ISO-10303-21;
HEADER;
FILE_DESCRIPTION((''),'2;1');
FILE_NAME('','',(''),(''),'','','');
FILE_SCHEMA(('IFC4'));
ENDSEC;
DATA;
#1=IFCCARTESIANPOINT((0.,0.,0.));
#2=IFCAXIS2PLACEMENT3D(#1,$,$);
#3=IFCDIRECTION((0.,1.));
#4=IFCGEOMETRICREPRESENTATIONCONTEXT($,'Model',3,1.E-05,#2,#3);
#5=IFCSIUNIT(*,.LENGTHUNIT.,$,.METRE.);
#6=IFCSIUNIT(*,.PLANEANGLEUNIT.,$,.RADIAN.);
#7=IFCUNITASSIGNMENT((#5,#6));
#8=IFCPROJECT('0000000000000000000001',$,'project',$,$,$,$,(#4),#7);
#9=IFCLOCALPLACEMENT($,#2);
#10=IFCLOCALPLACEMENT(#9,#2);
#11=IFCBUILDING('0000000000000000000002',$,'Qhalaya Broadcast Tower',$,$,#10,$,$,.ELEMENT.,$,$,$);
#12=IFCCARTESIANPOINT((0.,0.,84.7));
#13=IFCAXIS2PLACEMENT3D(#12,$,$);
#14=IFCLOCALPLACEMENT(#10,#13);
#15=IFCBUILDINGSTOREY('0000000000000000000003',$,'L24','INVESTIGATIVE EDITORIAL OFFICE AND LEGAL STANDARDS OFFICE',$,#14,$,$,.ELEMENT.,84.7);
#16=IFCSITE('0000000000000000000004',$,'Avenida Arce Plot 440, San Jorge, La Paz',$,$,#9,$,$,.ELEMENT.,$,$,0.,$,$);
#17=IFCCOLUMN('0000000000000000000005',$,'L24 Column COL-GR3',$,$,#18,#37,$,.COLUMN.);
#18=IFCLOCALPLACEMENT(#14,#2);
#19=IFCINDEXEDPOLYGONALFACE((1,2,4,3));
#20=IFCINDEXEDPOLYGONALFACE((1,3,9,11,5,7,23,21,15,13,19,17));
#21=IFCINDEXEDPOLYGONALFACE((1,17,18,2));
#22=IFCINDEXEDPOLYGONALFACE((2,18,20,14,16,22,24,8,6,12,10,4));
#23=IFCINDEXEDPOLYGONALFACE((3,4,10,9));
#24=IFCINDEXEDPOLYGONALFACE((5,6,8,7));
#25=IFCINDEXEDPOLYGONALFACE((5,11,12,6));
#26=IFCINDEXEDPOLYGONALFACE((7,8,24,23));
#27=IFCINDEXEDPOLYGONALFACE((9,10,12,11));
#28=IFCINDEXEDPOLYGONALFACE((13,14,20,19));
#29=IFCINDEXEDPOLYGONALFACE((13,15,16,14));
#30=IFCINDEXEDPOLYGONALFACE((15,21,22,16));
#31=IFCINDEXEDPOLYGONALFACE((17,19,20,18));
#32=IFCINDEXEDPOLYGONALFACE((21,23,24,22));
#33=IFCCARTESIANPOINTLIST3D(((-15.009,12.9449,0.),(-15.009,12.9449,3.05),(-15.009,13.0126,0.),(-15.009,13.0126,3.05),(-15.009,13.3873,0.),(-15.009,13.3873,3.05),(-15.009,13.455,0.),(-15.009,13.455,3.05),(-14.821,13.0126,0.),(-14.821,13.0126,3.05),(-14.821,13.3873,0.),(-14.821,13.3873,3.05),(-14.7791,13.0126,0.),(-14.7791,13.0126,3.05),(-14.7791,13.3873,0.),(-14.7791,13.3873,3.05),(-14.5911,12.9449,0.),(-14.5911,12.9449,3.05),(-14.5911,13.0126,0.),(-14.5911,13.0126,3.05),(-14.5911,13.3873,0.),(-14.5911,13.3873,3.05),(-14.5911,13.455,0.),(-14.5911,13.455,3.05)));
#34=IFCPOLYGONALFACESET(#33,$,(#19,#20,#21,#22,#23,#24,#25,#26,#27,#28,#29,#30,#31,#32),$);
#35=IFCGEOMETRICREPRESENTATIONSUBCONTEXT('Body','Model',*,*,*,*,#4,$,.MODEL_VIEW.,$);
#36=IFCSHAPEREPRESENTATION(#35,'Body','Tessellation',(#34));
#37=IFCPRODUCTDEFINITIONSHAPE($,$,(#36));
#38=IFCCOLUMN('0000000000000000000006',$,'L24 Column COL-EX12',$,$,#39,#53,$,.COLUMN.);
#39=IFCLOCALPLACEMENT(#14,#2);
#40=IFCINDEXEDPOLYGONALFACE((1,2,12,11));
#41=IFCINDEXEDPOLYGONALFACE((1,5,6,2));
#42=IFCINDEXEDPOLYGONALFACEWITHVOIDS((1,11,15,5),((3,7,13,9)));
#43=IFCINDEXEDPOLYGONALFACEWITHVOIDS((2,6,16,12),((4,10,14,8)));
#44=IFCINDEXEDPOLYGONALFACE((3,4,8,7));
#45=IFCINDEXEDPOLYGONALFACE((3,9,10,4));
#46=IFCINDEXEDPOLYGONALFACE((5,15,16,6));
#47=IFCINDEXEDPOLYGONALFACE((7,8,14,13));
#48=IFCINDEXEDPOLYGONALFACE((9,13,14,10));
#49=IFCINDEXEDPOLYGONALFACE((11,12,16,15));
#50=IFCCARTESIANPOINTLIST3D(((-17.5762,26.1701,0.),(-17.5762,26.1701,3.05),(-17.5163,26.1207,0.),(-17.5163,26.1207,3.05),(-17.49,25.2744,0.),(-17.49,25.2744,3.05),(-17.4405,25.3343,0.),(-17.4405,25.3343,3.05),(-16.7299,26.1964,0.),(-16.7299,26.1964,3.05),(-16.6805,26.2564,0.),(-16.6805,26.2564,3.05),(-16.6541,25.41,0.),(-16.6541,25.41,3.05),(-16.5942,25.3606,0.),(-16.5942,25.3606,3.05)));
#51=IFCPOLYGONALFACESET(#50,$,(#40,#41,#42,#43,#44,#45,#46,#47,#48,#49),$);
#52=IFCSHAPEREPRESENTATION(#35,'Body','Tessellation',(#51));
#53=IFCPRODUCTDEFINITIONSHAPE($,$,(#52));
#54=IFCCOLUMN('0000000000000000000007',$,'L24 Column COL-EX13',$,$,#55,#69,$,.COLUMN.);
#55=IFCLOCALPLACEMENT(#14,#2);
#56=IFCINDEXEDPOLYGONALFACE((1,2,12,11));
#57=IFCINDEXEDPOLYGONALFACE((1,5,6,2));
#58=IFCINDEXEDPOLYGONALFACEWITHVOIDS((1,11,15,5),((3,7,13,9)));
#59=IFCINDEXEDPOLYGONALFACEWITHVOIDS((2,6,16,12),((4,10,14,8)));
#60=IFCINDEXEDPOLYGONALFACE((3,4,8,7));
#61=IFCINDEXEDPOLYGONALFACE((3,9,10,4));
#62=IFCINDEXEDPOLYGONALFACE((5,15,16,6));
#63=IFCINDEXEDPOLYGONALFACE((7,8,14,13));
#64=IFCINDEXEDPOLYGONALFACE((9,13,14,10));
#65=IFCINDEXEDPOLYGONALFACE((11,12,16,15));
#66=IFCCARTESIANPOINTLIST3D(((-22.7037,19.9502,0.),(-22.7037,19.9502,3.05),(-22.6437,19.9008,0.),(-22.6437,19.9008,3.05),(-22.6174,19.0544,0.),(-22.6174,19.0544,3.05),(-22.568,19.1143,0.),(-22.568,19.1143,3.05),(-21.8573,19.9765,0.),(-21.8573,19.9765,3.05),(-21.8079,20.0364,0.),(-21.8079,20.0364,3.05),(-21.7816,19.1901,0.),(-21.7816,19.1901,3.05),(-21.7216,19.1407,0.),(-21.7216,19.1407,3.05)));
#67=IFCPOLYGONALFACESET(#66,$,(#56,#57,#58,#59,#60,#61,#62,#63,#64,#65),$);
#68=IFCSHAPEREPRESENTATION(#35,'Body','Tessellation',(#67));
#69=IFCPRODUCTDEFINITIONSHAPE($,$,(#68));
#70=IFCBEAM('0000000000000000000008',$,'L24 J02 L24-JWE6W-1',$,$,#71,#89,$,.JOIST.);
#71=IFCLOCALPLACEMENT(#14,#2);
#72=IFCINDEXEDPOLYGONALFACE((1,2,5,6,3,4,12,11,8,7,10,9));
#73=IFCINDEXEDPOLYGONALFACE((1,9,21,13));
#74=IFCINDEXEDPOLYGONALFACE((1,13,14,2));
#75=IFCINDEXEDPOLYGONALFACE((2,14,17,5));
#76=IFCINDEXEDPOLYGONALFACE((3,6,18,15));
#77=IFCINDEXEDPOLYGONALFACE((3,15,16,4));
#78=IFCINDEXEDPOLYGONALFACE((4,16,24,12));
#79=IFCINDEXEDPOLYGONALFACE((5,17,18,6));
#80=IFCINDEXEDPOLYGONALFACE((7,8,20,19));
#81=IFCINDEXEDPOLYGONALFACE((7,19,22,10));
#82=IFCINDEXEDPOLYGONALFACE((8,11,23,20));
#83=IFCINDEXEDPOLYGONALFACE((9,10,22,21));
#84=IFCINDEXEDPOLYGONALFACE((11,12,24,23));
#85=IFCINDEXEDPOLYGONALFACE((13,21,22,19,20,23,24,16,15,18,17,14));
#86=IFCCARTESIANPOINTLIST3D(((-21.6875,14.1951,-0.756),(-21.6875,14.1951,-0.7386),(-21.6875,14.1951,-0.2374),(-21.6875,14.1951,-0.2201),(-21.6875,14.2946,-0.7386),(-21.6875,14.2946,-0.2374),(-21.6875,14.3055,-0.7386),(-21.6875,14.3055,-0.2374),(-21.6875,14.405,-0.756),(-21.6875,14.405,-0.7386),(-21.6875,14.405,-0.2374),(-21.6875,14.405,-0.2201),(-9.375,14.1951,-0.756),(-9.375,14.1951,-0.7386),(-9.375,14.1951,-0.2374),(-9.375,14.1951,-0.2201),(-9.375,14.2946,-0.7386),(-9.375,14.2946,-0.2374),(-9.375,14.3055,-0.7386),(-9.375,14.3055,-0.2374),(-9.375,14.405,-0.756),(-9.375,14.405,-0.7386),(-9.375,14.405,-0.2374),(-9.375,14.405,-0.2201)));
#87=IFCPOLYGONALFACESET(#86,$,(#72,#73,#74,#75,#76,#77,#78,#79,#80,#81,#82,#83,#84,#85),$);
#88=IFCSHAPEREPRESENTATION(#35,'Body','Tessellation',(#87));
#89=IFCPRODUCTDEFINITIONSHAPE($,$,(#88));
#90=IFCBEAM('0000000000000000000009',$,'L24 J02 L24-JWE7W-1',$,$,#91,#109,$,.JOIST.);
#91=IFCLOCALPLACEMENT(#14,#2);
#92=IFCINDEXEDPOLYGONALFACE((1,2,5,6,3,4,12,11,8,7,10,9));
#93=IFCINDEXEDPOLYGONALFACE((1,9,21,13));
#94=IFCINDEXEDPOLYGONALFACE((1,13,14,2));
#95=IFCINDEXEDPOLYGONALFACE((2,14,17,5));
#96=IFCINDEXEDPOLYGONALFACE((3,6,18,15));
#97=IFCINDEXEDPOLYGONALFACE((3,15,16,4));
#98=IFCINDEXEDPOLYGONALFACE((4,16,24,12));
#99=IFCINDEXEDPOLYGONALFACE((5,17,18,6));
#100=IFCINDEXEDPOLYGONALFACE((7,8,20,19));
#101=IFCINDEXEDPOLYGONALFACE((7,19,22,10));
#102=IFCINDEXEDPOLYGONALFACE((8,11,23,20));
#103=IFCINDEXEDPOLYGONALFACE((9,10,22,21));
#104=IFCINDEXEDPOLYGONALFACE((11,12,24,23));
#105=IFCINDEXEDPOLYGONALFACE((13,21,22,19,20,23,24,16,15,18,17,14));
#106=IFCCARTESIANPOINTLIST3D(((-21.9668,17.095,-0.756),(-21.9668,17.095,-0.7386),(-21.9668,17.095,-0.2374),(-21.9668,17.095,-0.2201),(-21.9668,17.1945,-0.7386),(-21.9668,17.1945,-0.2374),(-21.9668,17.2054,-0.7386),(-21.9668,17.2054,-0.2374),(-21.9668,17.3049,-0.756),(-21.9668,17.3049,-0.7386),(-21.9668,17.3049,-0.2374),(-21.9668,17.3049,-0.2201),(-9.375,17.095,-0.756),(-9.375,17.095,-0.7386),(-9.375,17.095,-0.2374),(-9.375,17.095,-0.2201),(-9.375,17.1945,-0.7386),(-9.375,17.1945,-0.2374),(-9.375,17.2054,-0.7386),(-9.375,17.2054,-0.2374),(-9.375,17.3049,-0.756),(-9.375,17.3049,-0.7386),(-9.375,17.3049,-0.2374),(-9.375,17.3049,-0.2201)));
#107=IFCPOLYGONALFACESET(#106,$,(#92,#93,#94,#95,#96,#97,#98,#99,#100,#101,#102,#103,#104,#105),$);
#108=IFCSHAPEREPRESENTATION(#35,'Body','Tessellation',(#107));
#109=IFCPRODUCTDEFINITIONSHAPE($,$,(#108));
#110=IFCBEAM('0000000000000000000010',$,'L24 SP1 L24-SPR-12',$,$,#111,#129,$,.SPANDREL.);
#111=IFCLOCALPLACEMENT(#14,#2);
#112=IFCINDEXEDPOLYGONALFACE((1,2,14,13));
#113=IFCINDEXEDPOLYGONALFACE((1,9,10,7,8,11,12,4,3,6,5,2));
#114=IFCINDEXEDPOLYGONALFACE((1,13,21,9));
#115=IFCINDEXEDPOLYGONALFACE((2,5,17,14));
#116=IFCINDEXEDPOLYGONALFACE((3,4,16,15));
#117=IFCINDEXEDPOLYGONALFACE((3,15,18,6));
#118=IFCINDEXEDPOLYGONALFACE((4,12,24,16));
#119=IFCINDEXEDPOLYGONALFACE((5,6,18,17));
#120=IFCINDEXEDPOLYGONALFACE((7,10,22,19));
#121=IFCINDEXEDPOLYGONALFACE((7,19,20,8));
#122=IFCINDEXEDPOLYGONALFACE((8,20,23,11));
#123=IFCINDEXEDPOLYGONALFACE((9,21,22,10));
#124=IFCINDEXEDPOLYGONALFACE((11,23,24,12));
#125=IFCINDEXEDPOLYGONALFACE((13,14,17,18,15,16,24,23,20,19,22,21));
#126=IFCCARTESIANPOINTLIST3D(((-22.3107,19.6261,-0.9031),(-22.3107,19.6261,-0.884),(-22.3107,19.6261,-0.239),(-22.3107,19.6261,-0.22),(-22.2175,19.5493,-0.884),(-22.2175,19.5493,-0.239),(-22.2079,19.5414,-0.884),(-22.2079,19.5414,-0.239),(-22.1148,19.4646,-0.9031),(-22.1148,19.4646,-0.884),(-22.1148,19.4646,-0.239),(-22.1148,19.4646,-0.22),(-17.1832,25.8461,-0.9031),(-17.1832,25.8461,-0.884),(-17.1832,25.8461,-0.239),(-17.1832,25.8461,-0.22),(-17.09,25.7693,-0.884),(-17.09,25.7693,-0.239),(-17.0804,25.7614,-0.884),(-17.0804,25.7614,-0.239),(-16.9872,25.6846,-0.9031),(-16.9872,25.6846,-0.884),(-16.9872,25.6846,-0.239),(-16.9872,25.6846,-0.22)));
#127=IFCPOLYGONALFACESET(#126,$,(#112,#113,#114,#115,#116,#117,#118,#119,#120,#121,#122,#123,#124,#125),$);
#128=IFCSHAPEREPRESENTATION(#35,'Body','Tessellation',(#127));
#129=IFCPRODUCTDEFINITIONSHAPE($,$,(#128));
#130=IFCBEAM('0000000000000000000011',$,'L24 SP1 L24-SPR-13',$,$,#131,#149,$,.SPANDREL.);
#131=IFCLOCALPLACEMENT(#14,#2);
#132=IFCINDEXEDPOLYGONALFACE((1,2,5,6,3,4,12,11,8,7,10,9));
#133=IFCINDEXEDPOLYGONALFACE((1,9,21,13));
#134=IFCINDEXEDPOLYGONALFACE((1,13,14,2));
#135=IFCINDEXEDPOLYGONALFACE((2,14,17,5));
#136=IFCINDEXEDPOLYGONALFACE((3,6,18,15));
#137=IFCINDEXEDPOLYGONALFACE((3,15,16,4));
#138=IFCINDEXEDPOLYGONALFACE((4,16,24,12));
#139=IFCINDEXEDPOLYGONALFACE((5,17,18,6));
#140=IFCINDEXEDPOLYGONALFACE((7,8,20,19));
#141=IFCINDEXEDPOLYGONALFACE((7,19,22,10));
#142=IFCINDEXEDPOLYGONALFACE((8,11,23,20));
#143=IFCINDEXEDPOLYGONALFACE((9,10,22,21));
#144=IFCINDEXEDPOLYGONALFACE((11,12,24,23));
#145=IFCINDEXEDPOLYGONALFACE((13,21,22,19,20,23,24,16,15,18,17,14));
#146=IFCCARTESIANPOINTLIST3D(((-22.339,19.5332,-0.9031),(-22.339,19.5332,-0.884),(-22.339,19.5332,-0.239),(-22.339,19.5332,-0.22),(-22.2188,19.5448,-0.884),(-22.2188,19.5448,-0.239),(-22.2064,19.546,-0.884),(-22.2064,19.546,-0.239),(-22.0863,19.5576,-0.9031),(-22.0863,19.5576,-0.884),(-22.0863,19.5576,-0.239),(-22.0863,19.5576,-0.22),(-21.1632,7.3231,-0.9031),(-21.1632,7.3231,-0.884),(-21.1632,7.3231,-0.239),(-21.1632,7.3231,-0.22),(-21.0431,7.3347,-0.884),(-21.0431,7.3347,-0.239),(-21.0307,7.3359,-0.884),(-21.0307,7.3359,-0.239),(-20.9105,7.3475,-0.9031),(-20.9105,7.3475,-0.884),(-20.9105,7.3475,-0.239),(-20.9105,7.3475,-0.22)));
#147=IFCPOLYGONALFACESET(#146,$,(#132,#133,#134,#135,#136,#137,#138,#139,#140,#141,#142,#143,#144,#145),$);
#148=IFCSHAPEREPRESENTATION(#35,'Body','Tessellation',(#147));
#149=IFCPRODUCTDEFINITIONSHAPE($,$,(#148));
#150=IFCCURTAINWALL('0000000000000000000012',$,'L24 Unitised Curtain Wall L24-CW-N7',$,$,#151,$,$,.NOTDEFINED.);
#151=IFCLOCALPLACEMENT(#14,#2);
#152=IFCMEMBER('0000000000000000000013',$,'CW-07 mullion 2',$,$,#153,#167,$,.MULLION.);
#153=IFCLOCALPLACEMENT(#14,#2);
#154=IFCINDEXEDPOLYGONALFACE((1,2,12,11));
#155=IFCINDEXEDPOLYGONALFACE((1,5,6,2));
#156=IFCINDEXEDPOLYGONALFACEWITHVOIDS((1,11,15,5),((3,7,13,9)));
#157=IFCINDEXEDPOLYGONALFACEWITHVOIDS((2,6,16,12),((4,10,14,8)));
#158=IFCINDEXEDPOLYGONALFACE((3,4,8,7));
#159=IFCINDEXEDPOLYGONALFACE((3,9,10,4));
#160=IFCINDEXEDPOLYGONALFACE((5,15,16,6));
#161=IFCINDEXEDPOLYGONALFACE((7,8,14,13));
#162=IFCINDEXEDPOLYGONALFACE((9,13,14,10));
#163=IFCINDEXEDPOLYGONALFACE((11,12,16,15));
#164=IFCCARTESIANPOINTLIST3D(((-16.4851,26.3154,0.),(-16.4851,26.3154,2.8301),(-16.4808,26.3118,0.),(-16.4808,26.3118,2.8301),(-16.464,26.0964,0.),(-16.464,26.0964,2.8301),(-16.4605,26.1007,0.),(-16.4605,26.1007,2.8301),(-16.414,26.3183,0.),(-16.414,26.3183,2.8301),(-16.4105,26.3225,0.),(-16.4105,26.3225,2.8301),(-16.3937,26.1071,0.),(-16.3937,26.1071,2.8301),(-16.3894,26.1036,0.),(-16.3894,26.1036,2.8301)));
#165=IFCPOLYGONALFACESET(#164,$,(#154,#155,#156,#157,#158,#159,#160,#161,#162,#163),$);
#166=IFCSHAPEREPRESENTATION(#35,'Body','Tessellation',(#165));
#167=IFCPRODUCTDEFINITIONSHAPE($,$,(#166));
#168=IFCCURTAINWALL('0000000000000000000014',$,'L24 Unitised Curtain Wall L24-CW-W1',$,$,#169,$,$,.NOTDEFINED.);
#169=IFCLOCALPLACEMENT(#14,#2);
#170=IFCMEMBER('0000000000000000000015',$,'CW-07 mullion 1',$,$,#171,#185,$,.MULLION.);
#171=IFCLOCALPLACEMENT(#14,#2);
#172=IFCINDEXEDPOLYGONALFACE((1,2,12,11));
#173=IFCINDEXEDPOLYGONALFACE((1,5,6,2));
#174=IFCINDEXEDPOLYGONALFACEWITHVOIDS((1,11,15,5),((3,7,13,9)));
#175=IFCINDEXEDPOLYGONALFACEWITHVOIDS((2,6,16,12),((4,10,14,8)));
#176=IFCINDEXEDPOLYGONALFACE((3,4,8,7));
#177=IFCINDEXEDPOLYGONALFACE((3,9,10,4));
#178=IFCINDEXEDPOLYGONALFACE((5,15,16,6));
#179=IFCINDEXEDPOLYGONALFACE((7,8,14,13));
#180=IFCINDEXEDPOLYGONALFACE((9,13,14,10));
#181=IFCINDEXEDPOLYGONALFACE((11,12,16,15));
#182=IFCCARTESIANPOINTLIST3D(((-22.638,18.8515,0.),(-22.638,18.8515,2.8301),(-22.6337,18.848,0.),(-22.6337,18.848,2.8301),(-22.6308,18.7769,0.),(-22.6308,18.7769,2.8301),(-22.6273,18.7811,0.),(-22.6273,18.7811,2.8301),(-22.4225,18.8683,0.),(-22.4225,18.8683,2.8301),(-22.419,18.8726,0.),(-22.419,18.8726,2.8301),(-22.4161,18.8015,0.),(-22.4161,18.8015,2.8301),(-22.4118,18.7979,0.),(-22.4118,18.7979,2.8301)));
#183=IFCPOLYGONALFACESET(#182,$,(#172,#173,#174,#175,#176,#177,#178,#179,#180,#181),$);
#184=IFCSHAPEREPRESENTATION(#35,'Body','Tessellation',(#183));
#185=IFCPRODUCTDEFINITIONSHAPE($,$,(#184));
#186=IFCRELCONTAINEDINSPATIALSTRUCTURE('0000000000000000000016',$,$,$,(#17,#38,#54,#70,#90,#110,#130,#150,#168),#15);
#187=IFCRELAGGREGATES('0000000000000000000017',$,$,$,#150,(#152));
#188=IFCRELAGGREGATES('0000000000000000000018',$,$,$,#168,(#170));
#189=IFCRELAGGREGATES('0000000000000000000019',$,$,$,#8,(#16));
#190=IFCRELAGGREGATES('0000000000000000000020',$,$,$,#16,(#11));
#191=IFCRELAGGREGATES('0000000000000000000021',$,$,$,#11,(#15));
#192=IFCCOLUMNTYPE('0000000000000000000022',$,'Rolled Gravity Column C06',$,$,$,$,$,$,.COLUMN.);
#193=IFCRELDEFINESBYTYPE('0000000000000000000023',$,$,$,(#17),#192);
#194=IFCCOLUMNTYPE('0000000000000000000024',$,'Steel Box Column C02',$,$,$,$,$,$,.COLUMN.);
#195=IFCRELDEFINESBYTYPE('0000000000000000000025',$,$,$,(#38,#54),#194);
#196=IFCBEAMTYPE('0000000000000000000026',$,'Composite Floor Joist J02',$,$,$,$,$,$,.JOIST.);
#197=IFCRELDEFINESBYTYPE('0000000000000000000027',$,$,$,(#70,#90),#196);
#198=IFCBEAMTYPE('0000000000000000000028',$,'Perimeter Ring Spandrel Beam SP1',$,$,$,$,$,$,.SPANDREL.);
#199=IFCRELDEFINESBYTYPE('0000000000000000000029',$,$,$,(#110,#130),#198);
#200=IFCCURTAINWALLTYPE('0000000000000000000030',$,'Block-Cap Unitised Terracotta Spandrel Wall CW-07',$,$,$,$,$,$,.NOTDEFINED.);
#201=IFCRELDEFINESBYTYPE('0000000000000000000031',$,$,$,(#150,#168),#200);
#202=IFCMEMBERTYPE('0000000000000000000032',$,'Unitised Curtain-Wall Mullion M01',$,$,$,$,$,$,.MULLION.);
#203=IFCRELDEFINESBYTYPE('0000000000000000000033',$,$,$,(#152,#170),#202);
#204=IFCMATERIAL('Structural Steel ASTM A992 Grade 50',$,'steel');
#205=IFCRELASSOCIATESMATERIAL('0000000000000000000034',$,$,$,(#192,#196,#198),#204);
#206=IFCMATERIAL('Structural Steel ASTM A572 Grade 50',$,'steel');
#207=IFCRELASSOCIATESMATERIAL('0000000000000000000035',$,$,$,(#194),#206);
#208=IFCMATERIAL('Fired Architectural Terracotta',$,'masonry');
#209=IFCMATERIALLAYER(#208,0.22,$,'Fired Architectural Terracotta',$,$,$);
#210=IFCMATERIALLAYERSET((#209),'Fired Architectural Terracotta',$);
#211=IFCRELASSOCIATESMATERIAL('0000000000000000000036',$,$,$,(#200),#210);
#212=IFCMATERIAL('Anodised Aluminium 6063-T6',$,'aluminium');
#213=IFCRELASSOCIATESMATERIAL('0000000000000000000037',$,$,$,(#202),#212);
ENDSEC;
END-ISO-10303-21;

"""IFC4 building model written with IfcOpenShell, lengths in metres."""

from ifc_helpers import new_model, si_unit, direction, frame, origin, origin_2d, place, context, subcontext, project, spatial, hollow_rectangle, i_section, extrude, material, layer, layer_set, material_profile, profile_set, type_object, element, aggregate, save


model = new_model("IFC4")

# Units and contexts
model_context = context("Model", 3, precision=1e-05, world=origin(), true_north=direction((0.0, 1.0)))
body_context = subcontext(model_context, "Body", "Model", "MODEL_VIEW")
ifc_project = project(units=[si_unit("LENGTHUNIT", "METRE"), si_unit("PLANEANGLEUNIT", "RADIAN")], contexts=[model_context])

# Site, building, storey
site_placement = place(None, origin())
site = spatial("IfcSite", under=ifc_project, at=site_placement, Name="Avenida Arce Plot 440, San Jorge, La Paz", CompositionType="ELEMENT", RefElevation=0.0)
building_placement = place(site_placement, origin())
building = spatial("IfcBuilding", under=site, at=building_placement, Name="Qhalaya Broadcast Tower", CompositionType="ELEMENT")
storey_placement = place(building_placement, frame((0.0, 0.0, 84.7)))
storey = spatial("IfcBuildingStorey", under=building, at=storey_placement, Name="L24", Description="INVESTIGATIVE EDITORIAL OFFICE AND LEGAL STANDARDS OFFICE", CompositionType="ELEMENT", Elevation=84.7)

# Columns
ifc_material_1 = material(Name="Structural Steel ASTM A992 Grade 50", Category="steel")
ifc_material_profile_1 = material_profile(ifc_material_1, i_section(OverallWidth=0.418, OverallDepth=0.51, WebThickness=0.042, FlangeThickness=0.0676, at=origin_2d()), Name="W14X370")
ifc_profile_set_1 = profile_set([ifc_material_profile_1], Name="Structural Steel ASTM A992 Grade 50")
column_type_1 = type_object("IfcColumnType", Name="Rolled Gravity Column C06", PredefinedType="COLUMN", material=ifc_profile_set_1)
column_placement = place(storey_placement, frame((-14.8, 13.2, 0.0), z_axis=(0.0, 0.0, 1.0), x_axis=(1.0, 0.0, 0.0)))
element("IfcColumn", 1, at=column_placement, inside=storey, type_object=column_type_1, Name="L24 Column COL-GR3", PredefinedType="COLUMN", context=body_context, shape_type="SweptSolid", body=[
    extrude(i_section(OverallWidth=0.418, OverallDepth=0.51, WebThickness=0.042, FlangeThickness=0.0676, at=origin_2d()), origin(), (0.0, 0.0, 1.0), 3.05),
])
ifc_material_2 = material(Name="Structural Steel ASTM A572 Grade 50", Category="steel")
ifc_material_profile_2 = material_profile(ifc_material_2, hollow_rectangle(XDim=0.8999, YDim=0.8999, WallThickness=0.0549, at=origin_2d()), Name="BOX 900x900x55")
ifc_profile_set_2 = profile_set([ifc_material_profile_2], Name="Structural Steel ASTM A572 Grade 50")
column_type_2 = type_object("IfcColumnType", Name="Steel Box Column C02", PredefinedType="COLUMN", material=ifc_profile_set_2)
for number, where, z_axis, x_axis, name in (
    (2, (-17.0852, 25.7654, 0.0), (0.0, 0.0, 1.0), (0.995396, 0.095846, 0.0), "L24 Column COL-EX12"),
    (3, (-22.2126, 19.5454, 0.0), (0.0, 0.0, 1.0), (-0.095846, 0.995396, 0.0), "L24 Column COL-EX13"),
):
    element("IfcColumn", number, at=place(storey_placement, frame(where, z_axis=z_axis, x_axis=x_axis)), inside=storey, type_object=column_type_2, Name=name, PredefinedType="COLUMN", context=body_context, shape_type="SweptSolid", body=[
        extrude(hollow_rectangle(XDim=0.8999, YDim=0.8999, WallThickness=0.0549, at=origin_2d()), origin(), (0.0, 0.0, 1.0), 3.05),
    ])

# Beams
ifc_material_profile_3 = material_profile(ifc_material_1, i_section(OverallWidth=0.21, OverallDepth=0.5359, WebThickness=0.011, FlangeThickness=0.0173, at=origin_2d()), Name="W21X68")
ifc_profile_set_3 = profile_set([ifc_material_profile_3], Name="Structural Steel ASTM A992 Grade 50")
beam_type_1 = type_object("IfcBeamType", Name="Composite Floor Joist J02", PredefinedType="JOIST", material=ifc_profile_set_3)
beam_1_placement = place(storey_placement, frame((-21.6875, 14.3, -0.488), z_axis=(1.0, 0.0, 0.0), x_axis=(0.0, 1.0, 0.0)))
element("IfcBeam", 4, at=beam_1_placement, inside=storey, type_object=beam_type_1, Name="L24 J02 L24-JWE6W-1", PredefinedType="JOIST", context=body_context, shape_type="SweptSolid", body=[
    extrude(i_section(OverallWidth=0.21, OverallDepth=0.5359, WebThickness=0.011, FlangeThickness=0.0173, at=origin_2d()), origin(), (0.0, 0.0, 1.0), 12.3125),
])
beam_2_placement = place(storey_placement, frame((-21.9668, 17.2, -0.488), z_axis=(1.0, 0.0, 0.0), x_axis=(0.0, 1.0, 0.0)))
element("IfcBeam", 5, at=beam_2_placement, inside=storey, type_object=beam_type_1, Name="L24 J02 L24-JWE7W-1", PredefinedType="JOIST", context=body_context, shape_type="SweptSolid", body=[
    extrude(i_section(OverallWidth=0.21, OverallDepth=0.5359, WebThickness=0.011, FlangeThickness=0.0173, at=origin_2d()), origin(), (0.0, 0.0, 1.0), 12.5918),
])
ifc_material_profile_4 = material_profile(ifc_material_1, i_section(OverallWidth=0.2539, OverallDepth=0.6831, WebThickness=0.0125, FlangeThickness=0.019, at=origin_2d()), Name="W27X94")
ifc_profile_set_4 = profile_set([ifc_material_profile_4], Name="Structural Steel ASTM A992 Grade 50")
beam_type_2 = type_object("IfcBeamType", Name="Perimeter Ring Spandrel Beam SP1", PredefinedType="SPANDREL", material=ifc_profile_set_4)
beam_3_placement = place(storey_placement, frame((-17.0852, 25.7654, -0.5615), z_axis=(-0.636085, -0.771619, 0.0), x_axis=(0.771619, -0.636085, 0.0)))
element("IfcBeam", 6, at=beam_3_placement, inside=storey, type_object=beam_type_2, Name="L24 SP1 L24-SPR-12", PredefinedType="SPANDREL", context=body_context, shape_type="SweptSolid", body=[
    extrude(i_section(OverallWidth=0.2539, OverallDepth=0.6831, WebThickness=0.0125, FlangeThickness=0.019, at=origin_2d()), origin(), (0.0, 0.0, 1.0), 8.061),
])
beam_4_placement = place(storey_placement, frame((-22.2126, 19.5454, -0.5615), z_axis=(0.095852, -0.995396, 0.0), x_axis=(0.995396, 0.095852, 0.0)))
element("IfcBeam", 7, at=beam_4_placement, inside=storey, type_object=beam_type_2, Name="L24 SP1 L24-SPR-13", PredefinedType="SPANDREL", context=body_context, shape_type="SweptSolid", body=[
    extrude(i_section(OverallWidth=0.2539, OverallDepth=0.6831, WebThickness=0.0125, FlangeThickness=0.019, at=origin_2d()), origin(), (0.0, 0.0, 1.0), 12.2666),
])

# Curtain wall, member
ifc_material_3 = material(Name="Fired Architectural Terracotta", Category="masonry")
ifc_layer_1 = layer(ifc_material_3, 0.22, Name="Fired Architectural Terracotta")
ifc_layer_set_1 = layer_set([ifc_layer_1], Name="Fired Architectural Terracotta")
curtain_wall_type_1 = type_object("IfcCurtainWallType", Name="Block-Cap Unitised Terracotta Spandrel Wall CW-07", PredefinedType="NOTDEFINED", material=ifc_layer_set_1)
curtain_wall_1_placement = place(storey_placement, origin())
curtain_wall_1 = element("IfcCurtainWall", 8, at=curtain_wall_1_placement, inside=storey, type_object=curtain_wall_type_1, Name="L24 Unitised Curtain Wall L24-CW-N7", PredefinedType="NOTDEFINED")
ifc_material_4 = material(Name="Anodised Aluminium 6063-T6", Category="aluminium")
ifc_material_profile_5 = material_profile(ifc_material_4, hollow_rectangle(XDim=0.075, YDim=0.22, WallThickness=0.0039, at=origin_2d()), Name="ALU-MUL 75x220x4")
ifc_profile_set_5 = profile_set([ifc_material_profile_5], Name="Anodised Aluminium 6063-T6")
member_type_1 = type_object("IfcMemberType", Name="Unitised Curtain-Wall Mullion M01", PredefinedType="MULLION", material=ifc_profile_set_5)
member_1_placement = place(storey_placement, frame((-16.4373, 26.2095, 0.0), z_axis=(0.0, 0.0, 1.0), x_axis=(-0.995396, -0.095846, 0.0)))
member_1 = element("IfcMember", 9, at=member_1_placement, type_object=member_type_1, Name="CW-07 mullion 2", PredefinedType="MULLION", context=body_context, shape_type="SweptSolid", body=[
    extrude(hollow_rectangle(XDim=0.075, YDim=0.22, WallThickness=0.0039, at=origin_2d()), origin(), (0.0, 0.0, 1.0), 2.8301),
])

# Curtain wall, member
curtain_wall_2_placement = place(storey_placement, origin())
curtain_wall_2 = element("IfcCurtainWall", 10, at=curtain_wall_2_placement, inside=storey, type_object=curtain_wall_type_1, Name="L24 Unitised Curtain Wall L24-CW-W1", PredefinedType="NOTDEFINED")
member_2_placement = place(storey_placement, frame((-22.5249, 18.8247, 0.0), z_axis=(0.0, 0.0, 1.0), x_axis=(0.095856, -0.995395, 0.0)))
member_2 = element("IfcMember", 11, at=member_2_placement, type_object=member_type_1, Name="CW-07 mullion 1", PredefinedType="MULLION", context=body_context, shape_type="SweptSolid", body=[
    extrude(hollow_rectangle(XDim=0.075, YDim=0.22, WallThickness=0.0039, at=origin_2d()), origin(), (0.0, 0.0, 1.0), 2.8301),
])

aggregate(curtain_wall_1, [member_1])
aggregate(curtain_wall_2, [member_2])

save(model, "model.ifc")
